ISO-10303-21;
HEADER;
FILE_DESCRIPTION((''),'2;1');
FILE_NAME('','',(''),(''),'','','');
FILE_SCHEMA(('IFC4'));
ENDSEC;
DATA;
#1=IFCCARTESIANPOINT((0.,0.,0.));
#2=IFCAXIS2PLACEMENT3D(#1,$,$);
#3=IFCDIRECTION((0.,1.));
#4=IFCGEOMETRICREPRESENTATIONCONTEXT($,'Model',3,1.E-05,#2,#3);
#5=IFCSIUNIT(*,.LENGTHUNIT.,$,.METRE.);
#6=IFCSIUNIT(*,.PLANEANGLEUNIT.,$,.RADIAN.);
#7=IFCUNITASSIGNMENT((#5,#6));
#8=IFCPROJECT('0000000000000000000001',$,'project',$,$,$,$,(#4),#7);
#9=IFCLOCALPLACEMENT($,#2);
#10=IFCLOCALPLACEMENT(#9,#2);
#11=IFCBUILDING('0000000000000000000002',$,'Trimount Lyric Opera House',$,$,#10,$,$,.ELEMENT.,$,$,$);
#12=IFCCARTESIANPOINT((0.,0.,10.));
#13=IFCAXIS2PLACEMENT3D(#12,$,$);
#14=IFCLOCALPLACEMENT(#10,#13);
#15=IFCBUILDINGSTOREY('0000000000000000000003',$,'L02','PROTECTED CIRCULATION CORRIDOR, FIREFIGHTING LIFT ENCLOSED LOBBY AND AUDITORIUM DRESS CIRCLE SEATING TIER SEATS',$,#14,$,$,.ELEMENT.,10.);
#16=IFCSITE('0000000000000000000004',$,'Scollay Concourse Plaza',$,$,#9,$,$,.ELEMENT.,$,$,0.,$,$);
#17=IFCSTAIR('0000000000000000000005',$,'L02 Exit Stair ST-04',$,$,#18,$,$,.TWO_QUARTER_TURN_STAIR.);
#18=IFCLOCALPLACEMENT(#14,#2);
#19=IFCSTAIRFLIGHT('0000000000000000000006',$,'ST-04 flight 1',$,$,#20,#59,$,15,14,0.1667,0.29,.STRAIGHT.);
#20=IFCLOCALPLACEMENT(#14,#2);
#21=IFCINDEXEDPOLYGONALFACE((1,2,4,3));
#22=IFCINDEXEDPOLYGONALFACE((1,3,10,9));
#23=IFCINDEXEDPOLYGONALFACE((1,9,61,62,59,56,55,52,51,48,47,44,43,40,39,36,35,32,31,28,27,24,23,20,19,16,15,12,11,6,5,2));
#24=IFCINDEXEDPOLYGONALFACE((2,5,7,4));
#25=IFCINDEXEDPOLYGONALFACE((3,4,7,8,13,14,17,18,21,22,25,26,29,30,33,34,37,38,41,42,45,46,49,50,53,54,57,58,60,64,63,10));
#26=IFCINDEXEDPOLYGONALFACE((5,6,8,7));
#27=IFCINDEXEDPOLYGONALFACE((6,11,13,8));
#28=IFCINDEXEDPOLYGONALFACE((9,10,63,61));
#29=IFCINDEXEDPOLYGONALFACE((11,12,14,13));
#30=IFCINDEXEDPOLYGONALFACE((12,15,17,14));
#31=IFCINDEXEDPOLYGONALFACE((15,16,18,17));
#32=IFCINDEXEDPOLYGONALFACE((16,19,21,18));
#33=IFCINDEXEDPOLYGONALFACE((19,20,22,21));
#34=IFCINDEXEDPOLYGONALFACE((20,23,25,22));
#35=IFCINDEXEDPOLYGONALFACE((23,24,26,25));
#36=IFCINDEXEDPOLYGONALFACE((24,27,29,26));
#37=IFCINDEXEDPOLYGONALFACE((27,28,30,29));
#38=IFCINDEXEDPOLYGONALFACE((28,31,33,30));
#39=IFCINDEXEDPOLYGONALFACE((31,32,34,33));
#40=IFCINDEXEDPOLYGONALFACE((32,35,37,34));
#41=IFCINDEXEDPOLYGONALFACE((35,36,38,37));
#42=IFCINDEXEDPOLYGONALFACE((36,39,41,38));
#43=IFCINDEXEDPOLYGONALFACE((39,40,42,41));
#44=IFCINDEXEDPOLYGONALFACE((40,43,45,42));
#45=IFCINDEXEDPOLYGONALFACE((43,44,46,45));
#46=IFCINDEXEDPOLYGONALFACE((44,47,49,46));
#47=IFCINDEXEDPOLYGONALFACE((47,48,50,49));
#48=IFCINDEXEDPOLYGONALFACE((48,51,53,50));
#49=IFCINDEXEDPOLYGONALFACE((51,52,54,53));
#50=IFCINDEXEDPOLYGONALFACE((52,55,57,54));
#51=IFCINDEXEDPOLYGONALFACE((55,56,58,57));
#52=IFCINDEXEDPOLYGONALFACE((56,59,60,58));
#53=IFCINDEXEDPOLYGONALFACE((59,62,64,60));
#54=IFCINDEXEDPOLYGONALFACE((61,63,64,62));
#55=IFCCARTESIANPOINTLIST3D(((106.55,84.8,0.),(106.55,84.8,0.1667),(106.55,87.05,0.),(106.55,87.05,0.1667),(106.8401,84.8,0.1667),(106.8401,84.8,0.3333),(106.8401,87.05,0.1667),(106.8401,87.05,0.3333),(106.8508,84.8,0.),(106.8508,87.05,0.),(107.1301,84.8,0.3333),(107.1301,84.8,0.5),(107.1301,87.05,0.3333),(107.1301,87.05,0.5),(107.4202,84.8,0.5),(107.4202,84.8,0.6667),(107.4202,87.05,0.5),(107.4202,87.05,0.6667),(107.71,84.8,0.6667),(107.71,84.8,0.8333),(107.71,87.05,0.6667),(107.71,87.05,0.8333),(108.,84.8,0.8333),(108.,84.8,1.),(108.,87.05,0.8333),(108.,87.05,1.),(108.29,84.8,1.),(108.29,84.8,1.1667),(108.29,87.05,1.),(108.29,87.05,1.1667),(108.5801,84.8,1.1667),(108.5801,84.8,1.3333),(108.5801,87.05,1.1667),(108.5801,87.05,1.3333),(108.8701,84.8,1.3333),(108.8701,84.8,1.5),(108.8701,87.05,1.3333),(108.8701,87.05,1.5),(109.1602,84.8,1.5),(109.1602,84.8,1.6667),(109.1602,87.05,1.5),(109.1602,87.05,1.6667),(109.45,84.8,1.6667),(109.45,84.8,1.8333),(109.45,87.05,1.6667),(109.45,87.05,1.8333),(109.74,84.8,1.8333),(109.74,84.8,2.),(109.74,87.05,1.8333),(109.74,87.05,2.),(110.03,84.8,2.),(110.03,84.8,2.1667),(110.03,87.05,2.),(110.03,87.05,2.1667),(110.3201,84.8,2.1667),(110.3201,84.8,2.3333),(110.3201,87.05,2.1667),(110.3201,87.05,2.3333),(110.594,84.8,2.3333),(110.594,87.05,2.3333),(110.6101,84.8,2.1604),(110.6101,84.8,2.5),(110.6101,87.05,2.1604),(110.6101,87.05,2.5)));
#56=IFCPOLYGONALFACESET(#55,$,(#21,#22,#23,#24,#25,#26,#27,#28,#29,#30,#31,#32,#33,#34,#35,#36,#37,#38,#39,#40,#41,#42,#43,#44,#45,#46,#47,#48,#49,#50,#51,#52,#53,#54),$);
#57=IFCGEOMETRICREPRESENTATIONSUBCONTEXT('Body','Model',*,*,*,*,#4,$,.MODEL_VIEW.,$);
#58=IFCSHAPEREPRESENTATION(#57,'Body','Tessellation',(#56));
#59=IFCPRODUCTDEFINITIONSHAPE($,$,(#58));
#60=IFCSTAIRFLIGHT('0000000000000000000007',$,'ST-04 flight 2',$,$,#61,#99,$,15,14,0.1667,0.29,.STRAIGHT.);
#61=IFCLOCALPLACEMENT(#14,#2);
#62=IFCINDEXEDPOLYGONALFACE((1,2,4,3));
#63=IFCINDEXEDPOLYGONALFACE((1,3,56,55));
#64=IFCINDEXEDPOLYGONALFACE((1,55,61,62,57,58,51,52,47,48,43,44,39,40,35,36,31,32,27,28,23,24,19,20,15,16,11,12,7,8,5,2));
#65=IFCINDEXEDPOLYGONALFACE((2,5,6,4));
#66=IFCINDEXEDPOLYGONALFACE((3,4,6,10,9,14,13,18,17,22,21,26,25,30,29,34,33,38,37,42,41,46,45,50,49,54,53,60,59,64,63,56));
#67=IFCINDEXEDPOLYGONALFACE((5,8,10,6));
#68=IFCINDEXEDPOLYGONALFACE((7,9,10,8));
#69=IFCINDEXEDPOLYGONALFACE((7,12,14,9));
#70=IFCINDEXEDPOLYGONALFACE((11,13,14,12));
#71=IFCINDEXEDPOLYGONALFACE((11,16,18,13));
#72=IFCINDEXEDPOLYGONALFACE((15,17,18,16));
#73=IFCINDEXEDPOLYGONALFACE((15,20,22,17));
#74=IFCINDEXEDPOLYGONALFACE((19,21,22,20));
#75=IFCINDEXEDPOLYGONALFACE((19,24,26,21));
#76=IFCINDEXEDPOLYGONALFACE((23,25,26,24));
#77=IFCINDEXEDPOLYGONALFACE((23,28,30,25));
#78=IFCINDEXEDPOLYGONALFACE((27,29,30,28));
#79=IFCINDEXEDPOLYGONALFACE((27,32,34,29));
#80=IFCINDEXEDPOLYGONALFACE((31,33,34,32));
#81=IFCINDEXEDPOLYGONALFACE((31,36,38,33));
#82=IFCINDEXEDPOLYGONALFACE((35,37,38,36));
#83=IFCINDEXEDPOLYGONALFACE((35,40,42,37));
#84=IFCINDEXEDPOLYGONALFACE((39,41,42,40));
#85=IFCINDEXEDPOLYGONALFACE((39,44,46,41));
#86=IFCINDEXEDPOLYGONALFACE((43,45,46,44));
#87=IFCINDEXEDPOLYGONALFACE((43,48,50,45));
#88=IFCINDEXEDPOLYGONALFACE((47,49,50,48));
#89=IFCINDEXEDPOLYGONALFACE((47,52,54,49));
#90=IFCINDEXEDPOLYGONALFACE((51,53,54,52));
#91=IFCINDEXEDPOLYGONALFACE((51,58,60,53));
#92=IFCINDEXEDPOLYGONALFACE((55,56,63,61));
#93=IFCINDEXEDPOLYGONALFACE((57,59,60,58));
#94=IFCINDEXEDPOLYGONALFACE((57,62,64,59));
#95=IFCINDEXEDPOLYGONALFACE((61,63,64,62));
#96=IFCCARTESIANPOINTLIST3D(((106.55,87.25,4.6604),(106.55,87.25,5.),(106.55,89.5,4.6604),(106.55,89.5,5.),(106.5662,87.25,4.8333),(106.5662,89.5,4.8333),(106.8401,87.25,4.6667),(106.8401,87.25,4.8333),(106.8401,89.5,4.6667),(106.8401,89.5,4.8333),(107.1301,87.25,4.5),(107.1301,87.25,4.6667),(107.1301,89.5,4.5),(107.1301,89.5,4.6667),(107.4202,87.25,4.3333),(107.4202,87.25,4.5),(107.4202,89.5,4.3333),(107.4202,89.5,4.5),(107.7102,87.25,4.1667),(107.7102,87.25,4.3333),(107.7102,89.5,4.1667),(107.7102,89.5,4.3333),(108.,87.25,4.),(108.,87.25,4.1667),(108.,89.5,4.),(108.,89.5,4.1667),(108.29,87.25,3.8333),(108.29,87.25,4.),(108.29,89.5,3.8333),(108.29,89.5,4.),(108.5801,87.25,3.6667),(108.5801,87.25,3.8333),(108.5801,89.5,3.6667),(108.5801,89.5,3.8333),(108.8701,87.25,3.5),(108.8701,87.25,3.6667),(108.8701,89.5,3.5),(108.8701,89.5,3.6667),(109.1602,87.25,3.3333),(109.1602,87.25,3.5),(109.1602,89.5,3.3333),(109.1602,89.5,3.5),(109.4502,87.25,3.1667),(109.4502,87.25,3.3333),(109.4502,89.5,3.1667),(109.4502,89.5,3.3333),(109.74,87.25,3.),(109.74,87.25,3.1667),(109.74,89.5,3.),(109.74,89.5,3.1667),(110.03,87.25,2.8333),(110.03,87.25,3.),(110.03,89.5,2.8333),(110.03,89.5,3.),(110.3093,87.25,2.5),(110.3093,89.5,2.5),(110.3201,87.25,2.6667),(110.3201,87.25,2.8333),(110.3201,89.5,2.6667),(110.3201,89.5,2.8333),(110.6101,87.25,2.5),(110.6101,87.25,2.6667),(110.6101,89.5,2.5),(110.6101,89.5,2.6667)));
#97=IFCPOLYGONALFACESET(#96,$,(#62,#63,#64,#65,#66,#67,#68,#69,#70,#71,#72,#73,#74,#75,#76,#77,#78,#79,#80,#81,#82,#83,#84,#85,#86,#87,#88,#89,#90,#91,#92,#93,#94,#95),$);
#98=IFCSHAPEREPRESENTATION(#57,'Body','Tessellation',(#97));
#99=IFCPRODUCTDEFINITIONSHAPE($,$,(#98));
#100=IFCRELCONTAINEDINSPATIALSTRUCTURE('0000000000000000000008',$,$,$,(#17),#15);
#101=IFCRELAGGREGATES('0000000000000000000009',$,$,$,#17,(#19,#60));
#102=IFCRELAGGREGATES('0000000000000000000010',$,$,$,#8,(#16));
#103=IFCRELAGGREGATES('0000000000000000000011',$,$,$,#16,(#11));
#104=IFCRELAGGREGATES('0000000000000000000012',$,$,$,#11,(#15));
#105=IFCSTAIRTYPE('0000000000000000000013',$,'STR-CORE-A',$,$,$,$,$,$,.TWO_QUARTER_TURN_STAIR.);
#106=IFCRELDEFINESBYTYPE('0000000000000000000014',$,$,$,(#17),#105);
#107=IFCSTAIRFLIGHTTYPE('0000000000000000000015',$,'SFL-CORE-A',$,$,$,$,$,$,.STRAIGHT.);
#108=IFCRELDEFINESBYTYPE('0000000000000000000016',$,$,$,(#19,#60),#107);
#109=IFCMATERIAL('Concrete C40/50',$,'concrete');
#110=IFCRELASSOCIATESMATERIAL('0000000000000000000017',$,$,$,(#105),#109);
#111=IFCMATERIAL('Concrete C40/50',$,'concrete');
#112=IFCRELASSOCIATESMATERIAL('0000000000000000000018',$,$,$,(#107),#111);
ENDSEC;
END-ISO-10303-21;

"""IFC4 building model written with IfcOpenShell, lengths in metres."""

from ifc_helpers import new_model, si_unit, direction, frame, origin, place, context, subcontext, project, spatial, polyline, outline, extrude, material, type_object, element, aggregate, save


model = new_model("IFC4")

# Units and contexts
model_context = context("Model", 3, precision=1e-05, world=origin(), true_north=direction((0.0, 1.0)))
body_context = subcontext(model_context, "Body", "Model", "MODEL_VIEW")
ifc_project = project(units=[si_unit("LENGTHUNIT", "METRE"), si_unit("PLANEANGLEUNIT", "RADIAN")], contexts=[model_context])

# Site, building, storey
site_placement = place(None, origin())
site = spatial("IfcSite", under=ifc_project, at=site_placement, Name="Scollay Concourse Plaza", CompositionType="ELEMENT", RefElevation=0.0)
building_placement = place(site_placement, origin())
building = spatial("IfcBuilding", under=site, at=building_placement, Name="Trimount Lyric Opera House", CompositionType="ELEMENT")
storey_placement = place(building_placement, frame((0.0, 0.0, 10.0)))
storey = spatial("IfcBuildingStorey", under=building, at=storey_placement, Name="L02", Description="PROTECTED CIRCULATION CORRIDOR, FIREFIGHTING LIFT ENCLOSED LOBBY AND AUDITORIUM DRESS CIRCLE SEATING TIER SEATS", CompositionType="ELEMENT", Elevation=10.0)

# Stair, stair flights
ifc_material_1 = material(Name="Concrete C40/50", Category="concrete")
stair_type = type_object("IfcStairType", Name="STR-CORE-A", PredefinedType="TWO_QUARTER_TURN_STAIR", material=ifc_material_1)
stair_placement = place(storey_placement, origin())
stair = element("IfcStair", 1, at=stair_placement, inside=storey, type_object=stair_type, Name="L02 Exit Stair ST-04", PredefinedType="TWO_QUARTER_TURN_STAIR")
ifc_material_2 = material(Name="Concrete C40/50", Category="concrete")
stair_flight_type = type_object("IfcStairFlightType", Name="SFL-CORE-A", PredefinedType="STRAIGHT", material=ifc_material_2)
stair_flight_1_placement = place(storey_placement, frame((106.55, 85.925, 0.0), z_axis=(0.0, 0.0, 1.0), x_axis=(1.0, 0.0, 0.0)))
stair_flight_1 = element("IfcStairFlight", 2, at=stair_flight_1_placement, type_object=stair_flight_type, Name="ST-04 flight 1", NumberOfRisers=15, NumberOfTreads=14, PredefinedType="STRAIGHT", RiserHeight=0.1667, TreadLength=0.29, context=body_context, shape_type="SweptSolid", body=[
    extrude(outline(polyline([(0.0, 0.0), (0.0, 0.1667), (0.29, 0.1667), (0.29, 0.3333), (0.5801, 0.3333), (0.5801, 0.5), (0.8701, 0.5), (0.8701, 0.6667), (1.1599, 0.6667), (1.1599, 0.8333), (1.45, 0.8333), (1.45, 1.0), (1.74, 1.0), (1.74, 1.1667), (2.03, 1.1667), (2.03, 1.3333), (2.3201, 1.3333), (2.3201, 1.5), (2.6101, 1.5), (2.6101, 1.6667), (2.8999, 1.6667), (2.8999, 1.8333), (3.1899, 1.8333), (3.1899, 2.0), (3.48, 2.0), (3.48, 2.1667), (3.77, 2.1667), (3.77, 2.3333), (4.0439, 2.3333), (4.0601, 2.5), (4.0601, 2.1604), (0.3008, 0.0), (0.0, 0.0)])), frame((0.0, 1.125, 0.0), z_axis=(0.0, -1.0, 0.0), x_axis=(1.0, 0.0, 0.0)), (0.0, 0.0, 1.0), 2.25),
])
stair_flight_2_placement = place(storey_placement, frame((110.6101, 88.375, 2.5), z_axis=(0.0, 0.0, 1.0), x_axis=(-1.0, 0.0, 0.0)))
stair_flight_2 = element("IfcStairFlight", 3, at=stair_flight_2_placement, type_object=stair_flight_type, Name="ST-04 flight 2", NumberOfRisers=15, NumberOfTreads=14, PredefinedType="STRAIGHT", RiserHeight=0.1667, TreadLength=0.29, context=body_context, shape_type="SweptSolid", body=[
    extrude(outline(polyline([(0.0, 0.0), (0.0, 0.1667), (0.29, 0.1667), (0.29, 0.3333), (0.5801, 0.3333), (0.5801, 0.5), (0.8701, 0.5), (0.8701, 0.6667), (1.1599, 0.6667), (1.1599, 0.8333), (1.45, 0.8333), (1.45, 1.0), (1.74, 1.0), (1.74, 1.1667), (2.03, 1.1667), (2.03, 1.3333), (2.3201, 1.3333), (2.3201, 1.5), (2.6101, 1.5), (2.6101, 1.6667), (2.8999, 1.6667), (2.8999, 1.8333), (3.1899, 1.8333), (3.1899, 2.0), (3.48, 2.0), (3.48, 2.1667), (3.77, 2.1667), (3.77, 2.3333), (4.0439, 2.3333), (4.0601, 2.5), (4.0601, 2.1604), (0.3008, 0.0), (0.0, 0.0)])), frame((0.0, 1.125, 0.0), z_axis=(0.0, -1.0, 0.0), x_axis=(1.0, 0.0, 0.0)), (0.0, 0.0, 1.0), 2.25),
])
aggregate(stair, [stair_flight_1, stair_flight_2])

save(model, "model.ifc")
